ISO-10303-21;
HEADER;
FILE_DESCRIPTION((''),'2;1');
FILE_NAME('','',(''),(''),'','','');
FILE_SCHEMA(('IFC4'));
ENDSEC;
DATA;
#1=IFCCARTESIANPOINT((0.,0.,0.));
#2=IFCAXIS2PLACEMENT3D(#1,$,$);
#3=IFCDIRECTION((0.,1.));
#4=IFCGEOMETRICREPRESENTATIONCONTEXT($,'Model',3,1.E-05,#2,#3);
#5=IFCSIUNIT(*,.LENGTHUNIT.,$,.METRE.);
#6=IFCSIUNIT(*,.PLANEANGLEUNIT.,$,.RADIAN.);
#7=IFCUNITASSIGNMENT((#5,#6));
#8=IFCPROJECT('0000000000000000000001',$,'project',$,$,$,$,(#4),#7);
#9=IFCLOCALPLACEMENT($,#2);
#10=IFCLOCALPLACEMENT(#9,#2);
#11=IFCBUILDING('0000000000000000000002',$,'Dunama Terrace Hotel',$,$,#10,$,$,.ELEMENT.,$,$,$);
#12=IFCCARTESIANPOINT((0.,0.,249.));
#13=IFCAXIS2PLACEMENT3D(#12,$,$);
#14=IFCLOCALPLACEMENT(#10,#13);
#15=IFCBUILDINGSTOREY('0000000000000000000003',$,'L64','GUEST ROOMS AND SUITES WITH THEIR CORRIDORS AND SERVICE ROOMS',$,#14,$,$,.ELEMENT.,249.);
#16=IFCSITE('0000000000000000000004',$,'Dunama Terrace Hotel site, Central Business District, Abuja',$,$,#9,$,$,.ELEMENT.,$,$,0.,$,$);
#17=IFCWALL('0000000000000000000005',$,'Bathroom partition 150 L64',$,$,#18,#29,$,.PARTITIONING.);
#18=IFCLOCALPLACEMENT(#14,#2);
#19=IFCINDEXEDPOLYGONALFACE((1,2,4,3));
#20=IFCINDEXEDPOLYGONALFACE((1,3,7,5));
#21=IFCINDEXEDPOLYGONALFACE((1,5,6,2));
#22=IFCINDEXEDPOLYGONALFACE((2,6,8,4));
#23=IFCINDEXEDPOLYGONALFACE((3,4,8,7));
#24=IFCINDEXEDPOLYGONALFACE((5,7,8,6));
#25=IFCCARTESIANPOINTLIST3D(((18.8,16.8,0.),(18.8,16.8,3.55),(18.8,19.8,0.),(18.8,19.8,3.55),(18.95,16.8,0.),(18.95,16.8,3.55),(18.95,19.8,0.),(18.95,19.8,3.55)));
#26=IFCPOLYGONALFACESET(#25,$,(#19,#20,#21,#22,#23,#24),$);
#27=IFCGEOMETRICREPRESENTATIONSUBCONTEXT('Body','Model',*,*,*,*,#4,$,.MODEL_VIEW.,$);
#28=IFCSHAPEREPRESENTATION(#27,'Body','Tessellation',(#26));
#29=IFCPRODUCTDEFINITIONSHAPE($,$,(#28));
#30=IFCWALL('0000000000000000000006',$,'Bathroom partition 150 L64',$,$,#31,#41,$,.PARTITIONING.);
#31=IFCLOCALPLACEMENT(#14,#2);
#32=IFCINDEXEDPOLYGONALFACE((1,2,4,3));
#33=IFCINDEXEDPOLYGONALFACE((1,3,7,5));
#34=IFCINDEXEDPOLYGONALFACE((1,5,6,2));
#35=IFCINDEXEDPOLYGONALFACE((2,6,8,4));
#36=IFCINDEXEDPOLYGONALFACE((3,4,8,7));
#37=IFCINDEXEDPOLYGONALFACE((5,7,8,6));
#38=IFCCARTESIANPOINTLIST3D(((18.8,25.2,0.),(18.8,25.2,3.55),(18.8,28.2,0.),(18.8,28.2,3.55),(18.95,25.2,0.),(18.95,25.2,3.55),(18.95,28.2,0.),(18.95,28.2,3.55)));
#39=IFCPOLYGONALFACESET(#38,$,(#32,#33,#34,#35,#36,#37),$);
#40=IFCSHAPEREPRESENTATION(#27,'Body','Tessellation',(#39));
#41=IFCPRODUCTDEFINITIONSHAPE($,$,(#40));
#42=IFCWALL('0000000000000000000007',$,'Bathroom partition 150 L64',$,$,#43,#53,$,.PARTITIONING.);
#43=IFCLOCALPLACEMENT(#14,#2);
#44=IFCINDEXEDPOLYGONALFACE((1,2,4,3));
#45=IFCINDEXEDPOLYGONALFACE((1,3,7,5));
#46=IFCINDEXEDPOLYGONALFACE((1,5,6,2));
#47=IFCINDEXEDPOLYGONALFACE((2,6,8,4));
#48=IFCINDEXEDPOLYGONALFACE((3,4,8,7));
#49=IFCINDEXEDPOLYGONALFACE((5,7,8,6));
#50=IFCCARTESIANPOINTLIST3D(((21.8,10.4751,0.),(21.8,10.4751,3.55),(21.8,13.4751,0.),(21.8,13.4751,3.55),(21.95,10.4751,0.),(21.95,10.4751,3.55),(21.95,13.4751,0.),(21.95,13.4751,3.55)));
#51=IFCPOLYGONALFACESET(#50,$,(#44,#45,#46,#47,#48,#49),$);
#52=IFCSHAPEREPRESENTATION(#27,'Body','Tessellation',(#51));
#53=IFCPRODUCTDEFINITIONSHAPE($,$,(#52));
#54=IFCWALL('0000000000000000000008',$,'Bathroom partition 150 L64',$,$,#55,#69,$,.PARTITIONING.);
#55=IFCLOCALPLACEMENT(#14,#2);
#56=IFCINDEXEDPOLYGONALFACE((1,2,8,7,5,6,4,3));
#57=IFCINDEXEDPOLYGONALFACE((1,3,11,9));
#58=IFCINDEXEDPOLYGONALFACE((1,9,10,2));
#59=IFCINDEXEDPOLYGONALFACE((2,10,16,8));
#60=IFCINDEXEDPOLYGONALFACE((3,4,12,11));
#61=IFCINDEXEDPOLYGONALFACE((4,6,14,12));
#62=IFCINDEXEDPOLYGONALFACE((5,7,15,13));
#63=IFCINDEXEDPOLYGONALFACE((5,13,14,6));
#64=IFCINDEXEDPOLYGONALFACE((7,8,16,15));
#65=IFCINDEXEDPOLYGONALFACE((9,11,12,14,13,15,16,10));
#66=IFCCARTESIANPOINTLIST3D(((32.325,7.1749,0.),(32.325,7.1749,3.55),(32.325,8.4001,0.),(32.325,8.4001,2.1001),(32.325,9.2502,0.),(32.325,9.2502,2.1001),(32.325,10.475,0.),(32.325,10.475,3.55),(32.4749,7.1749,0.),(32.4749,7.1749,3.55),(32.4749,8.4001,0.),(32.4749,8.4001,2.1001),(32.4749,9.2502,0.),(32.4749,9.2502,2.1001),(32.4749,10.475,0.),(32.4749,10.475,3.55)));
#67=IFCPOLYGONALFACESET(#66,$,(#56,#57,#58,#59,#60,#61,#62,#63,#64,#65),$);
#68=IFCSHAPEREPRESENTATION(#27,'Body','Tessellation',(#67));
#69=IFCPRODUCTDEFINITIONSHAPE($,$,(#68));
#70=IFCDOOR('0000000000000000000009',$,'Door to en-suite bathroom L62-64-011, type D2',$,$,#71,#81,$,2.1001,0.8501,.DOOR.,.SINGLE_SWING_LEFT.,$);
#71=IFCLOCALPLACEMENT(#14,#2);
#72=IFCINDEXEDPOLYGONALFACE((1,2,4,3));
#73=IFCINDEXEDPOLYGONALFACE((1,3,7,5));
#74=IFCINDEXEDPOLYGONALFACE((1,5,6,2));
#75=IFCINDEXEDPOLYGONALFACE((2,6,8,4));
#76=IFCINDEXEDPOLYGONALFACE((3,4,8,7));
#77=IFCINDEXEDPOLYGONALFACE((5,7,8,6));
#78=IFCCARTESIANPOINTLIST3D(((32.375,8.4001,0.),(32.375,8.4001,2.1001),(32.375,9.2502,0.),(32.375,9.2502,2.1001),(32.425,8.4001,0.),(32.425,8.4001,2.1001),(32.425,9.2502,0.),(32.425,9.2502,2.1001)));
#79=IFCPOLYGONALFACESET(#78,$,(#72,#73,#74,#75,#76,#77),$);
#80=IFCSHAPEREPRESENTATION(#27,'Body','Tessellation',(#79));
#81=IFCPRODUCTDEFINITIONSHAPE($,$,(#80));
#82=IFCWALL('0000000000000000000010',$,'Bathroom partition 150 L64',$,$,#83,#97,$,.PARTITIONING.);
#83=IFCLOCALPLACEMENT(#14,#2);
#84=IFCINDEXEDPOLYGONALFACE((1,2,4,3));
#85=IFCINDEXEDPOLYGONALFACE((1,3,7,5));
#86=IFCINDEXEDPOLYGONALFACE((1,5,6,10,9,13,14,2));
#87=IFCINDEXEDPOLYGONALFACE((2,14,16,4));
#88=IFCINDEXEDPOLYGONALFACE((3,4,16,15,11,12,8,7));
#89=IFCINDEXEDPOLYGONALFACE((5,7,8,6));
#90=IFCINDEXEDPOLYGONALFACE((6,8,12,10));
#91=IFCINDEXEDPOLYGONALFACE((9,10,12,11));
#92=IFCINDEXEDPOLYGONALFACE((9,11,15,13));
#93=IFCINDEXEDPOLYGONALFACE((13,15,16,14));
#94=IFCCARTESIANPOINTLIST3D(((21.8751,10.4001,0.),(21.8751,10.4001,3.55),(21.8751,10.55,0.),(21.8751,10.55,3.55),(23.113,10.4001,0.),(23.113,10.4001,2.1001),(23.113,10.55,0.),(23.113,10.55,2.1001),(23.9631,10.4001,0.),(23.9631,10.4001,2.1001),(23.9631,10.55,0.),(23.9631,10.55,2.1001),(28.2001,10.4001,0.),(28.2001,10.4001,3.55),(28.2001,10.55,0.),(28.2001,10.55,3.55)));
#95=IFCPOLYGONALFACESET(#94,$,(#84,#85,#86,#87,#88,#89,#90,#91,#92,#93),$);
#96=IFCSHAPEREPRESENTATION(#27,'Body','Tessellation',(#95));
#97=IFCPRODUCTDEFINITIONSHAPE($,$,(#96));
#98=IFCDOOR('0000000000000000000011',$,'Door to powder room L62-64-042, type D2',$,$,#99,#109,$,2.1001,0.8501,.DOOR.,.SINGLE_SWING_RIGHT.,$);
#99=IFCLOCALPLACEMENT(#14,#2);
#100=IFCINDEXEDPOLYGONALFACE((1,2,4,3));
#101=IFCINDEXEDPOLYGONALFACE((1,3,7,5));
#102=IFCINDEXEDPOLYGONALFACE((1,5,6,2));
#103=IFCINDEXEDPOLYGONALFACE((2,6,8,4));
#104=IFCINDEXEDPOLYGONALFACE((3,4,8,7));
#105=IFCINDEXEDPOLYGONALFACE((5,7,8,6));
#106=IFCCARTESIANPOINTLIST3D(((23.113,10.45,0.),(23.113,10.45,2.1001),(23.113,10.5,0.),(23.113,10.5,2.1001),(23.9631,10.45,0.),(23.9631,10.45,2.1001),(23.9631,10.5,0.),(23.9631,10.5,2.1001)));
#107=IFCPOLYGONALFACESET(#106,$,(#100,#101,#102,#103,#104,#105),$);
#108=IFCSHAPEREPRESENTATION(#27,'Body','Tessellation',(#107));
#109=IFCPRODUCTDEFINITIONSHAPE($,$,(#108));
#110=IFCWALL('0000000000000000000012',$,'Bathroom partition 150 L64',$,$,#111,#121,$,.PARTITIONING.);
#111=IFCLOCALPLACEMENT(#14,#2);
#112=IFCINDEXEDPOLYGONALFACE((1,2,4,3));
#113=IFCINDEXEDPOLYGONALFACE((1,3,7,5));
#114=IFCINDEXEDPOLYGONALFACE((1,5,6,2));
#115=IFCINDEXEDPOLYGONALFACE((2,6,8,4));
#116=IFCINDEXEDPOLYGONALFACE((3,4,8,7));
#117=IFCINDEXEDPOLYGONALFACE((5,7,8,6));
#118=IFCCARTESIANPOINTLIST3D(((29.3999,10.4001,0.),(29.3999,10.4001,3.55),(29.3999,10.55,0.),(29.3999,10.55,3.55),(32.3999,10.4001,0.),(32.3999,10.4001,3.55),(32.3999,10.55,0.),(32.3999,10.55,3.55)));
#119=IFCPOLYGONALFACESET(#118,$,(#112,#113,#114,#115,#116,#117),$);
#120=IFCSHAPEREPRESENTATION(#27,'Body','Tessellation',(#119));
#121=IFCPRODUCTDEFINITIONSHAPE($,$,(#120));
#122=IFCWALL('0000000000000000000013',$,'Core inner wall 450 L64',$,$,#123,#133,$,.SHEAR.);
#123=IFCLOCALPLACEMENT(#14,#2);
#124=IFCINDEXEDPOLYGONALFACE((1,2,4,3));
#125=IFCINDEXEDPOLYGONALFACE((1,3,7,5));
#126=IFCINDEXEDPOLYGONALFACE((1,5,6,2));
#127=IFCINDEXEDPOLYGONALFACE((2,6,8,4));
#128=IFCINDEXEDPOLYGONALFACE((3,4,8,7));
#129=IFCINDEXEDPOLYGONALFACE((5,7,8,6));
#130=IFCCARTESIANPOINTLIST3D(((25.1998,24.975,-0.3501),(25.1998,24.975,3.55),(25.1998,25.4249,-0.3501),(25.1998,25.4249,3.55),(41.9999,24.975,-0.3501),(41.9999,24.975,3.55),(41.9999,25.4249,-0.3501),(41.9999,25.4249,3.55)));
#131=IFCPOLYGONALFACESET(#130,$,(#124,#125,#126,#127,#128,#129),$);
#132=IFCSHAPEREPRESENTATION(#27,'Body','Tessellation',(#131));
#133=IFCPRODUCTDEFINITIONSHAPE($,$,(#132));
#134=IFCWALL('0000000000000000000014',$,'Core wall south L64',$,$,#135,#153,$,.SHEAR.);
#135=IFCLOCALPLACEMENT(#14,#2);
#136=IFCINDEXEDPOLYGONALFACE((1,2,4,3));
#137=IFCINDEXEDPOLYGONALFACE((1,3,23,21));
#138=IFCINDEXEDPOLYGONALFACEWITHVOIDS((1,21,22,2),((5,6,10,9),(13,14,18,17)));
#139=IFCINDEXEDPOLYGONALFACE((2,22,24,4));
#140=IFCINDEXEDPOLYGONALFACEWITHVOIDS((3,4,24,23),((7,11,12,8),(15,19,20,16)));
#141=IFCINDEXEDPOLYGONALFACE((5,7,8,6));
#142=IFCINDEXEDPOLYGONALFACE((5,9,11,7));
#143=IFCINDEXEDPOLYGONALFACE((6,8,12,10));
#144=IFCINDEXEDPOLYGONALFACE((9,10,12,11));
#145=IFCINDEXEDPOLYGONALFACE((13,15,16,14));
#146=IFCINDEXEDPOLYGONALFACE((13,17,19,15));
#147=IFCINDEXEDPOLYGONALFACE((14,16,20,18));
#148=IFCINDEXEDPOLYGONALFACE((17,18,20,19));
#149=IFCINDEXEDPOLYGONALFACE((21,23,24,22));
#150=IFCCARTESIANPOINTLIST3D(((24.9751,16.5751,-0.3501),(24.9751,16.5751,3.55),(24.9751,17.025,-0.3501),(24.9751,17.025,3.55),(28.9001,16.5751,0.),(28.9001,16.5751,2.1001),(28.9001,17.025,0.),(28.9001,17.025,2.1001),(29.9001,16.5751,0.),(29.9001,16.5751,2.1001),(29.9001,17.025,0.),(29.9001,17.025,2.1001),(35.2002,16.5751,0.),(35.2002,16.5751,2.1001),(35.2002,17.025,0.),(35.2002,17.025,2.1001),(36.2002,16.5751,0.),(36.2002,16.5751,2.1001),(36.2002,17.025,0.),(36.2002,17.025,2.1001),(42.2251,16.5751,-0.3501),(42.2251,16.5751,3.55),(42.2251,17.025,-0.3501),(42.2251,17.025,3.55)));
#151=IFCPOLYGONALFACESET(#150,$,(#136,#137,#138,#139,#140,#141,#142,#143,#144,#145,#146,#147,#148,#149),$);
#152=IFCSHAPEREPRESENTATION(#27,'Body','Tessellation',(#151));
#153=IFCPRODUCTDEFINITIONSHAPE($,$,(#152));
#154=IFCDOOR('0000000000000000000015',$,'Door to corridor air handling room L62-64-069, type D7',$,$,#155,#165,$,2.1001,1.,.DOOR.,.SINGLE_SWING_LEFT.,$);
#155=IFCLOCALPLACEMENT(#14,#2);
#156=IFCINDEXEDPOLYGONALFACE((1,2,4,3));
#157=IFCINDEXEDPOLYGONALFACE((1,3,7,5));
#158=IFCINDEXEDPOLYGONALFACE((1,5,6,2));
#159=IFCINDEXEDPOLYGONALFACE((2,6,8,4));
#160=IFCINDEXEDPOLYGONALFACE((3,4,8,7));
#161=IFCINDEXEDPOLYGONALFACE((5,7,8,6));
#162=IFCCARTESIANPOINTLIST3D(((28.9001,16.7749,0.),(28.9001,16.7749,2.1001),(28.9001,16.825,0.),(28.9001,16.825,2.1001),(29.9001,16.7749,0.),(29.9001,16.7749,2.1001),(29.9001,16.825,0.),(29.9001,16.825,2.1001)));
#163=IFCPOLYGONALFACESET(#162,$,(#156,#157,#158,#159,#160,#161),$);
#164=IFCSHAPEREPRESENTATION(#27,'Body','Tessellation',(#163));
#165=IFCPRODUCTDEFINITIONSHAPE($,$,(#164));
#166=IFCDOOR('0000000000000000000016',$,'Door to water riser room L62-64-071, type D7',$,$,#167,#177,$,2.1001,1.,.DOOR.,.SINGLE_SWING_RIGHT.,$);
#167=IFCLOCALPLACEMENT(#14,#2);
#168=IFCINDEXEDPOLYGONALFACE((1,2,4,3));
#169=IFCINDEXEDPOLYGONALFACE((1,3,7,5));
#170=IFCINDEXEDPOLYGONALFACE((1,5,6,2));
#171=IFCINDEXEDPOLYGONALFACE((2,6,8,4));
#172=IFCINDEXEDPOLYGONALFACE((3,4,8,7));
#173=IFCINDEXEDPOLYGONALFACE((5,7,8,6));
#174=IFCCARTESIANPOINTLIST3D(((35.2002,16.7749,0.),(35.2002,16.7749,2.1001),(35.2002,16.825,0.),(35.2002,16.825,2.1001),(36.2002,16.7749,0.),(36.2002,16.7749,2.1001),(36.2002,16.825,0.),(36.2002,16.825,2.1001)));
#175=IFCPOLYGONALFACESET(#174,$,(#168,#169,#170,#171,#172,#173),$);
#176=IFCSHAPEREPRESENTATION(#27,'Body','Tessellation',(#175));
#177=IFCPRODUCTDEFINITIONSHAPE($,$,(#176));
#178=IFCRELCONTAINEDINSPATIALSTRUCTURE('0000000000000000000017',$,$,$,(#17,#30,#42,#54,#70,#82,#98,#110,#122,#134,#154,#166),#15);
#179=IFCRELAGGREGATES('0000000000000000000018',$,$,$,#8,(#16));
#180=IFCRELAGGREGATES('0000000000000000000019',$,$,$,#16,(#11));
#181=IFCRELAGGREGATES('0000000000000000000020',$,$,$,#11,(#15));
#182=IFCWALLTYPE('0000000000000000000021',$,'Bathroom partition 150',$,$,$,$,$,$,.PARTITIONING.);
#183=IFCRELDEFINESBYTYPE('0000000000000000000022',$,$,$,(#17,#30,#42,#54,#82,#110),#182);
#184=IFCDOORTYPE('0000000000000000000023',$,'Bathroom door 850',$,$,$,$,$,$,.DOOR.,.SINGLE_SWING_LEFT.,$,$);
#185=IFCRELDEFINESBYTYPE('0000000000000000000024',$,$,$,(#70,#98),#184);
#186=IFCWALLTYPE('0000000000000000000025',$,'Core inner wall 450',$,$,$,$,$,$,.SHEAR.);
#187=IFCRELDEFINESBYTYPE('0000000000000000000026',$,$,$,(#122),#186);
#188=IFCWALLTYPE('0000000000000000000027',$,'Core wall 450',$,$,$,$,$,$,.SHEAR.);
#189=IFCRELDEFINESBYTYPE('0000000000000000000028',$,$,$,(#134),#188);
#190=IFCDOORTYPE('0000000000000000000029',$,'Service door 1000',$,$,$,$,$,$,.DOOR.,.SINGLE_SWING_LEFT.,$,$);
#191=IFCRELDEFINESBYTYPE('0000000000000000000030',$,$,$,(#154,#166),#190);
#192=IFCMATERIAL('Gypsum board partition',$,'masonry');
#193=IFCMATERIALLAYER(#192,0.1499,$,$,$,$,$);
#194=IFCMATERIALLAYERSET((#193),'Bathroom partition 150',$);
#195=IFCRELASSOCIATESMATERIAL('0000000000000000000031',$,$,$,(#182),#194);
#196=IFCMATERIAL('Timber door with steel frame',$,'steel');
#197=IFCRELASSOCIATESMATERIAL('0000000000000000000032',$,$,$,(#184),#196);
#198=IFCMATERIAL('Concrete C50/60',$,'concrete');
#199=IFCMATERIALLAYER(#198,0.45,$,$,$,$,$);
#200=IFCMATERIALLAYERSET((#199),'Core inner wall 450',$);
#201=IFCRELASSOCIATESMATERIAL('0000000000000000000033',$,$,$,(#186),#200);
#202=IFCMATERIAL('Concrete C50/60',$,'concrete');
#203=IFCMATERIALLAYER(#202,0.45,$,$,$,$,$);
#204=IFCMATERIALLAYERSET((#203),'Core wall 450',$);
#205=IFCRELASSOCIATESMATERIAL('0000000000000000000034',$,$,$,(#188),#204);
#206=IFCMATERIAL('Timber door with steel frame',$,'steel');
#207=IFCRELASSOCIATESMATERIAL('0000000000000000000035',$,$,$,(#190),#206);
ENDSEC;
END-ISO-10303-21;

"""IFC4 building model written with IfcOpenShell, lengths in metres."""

from ifc_helpers import new_model, si_unit, direction, frame, frame_2d, origin, place, context, subcontext, project, spatial, rectangle, extrude, material, layer, layer_set, type_object, element, fill, save


model = new_model("IFC4")

# Units and contexts
model_context = context("Model", 3, precision=1e-05, world=origin(), true_north=direction((0.0, 1.0)))
body_context = subcontext(model_context, "Body", "Model", "MODEL_VIEW")
ifc_project = project(units=[si_unit("LENGTHUNIT", "METRE"), si_unit("PLANEANGLEUNIT", "RADIAN")], contexts=[model_context])

# Site, building, storey
site_placement = place(None, origin())
site = spatial("IfcSite", under=ifc_project, at=site_placement, Name="Dunama Terrace Hotel site, Central Business District, Abuja", CompositionType="ELEMENT", RefElevation=0.0)
building_placement = place(site_placement, origin())
building = spatial("IfcBuilding", under=site, at=building_placement, Name="Dunama Terrace Hotel", CompositionType="ELEMENT")
storey_placement = place(building_placement, frame((0.0, 0.0, 249.0)))
storey = spatial("IfcBuildingStorey", under=building, at=storey_placement, Name="L64", Description="GUEST ROOMS AND SUITES WITH THEIR CORRIDORS AND SERVICE ROOMS", CompositionType="ELEMENT", Elevation=249.0)

# Walls
ifc_material_1 = material(Name="Gypsum board partition", Category="masonry")
ifc_layer_1 = layer(ifc_material_1, 0.1499)
ifc_layer_set_1 = layer_set([ifc_layer_1], Name="Bathroom partition 150")
wall_type_1 = type_object("IfcWallType", Name="Bathroom partition 150", PredefinedType="PARTITIONING", material=ifc_layer_set_1)
for number, where, z_axis, x_axis, name in (
    (1, (18.875, 16.8, 0.0), (0.0, 0.0, 1.0), (0.0, 1.0, 0.0), "Bathroom partition 150 L64"),
    (2, (18.875, 25.2, 0.0), (0.0, 0.0, 1.0), (0.0, 1.0, 0.0), "Bathroom partition 150 L64"),
    (3, (21.875, 10.4751, 0.0), (0.0, 0.0, 1.0), (0.0, 1.0, 0.0), "Bathroom partition 150 L64"),
):
    element("IfcWall", number, at=place(storey_placement, frame(where, z_axis=z_axis, x_axis=x_axis)), inside=storey, type_object=wall_type_1, Name=name, PredefinedType="PARTITIONING", context=body_context, shape_type="SweptSolid", body=[
        extrude(rectangle(XDim=3.0, YDim=0.1499, at=frame_2d((1.5, 0.0))), origin(), (0.0, 0.0, 1.0), 3.55),
    ])

# Walls, openings, doors
wall_1_placement = place(storey_placement, frame((32.3999, 7.175, 0.0), z_axis=(0.0, 0.0, 1.0), x_axis=(0.0, 1.0, 0.0)))
wall_1 = element("IfcWall", 4, at=wall_1_placement, inside=storey, type_object=wall_type_1, Name="Bathroom partition 150 L64", PredefinedType="PARTITIONING", context=body_context, shape_type="SweptSolid", body=[
    extrude(rectangle(XDim=3.3, YDim=0.1499, at=frame_2d((1.6499, 0.0))), origin(), (0.0, 0.0, 1.0), 3.55),
])
opening_1_placement = place(wall_1_placement, frame((1.2251, 0.0, 0.0)))
opening_1 = element("IfcOpeningElement", 5, at=opening_1_placement, cuts=wall_1, PredefinedType="OPENING", context=body_context, shape_type="SweptSolid", body=[
    extrude(rectangle(XDim=0.8501, YDim=2.1001, at=frame_2d((0.425, 1.05))), frame((0.0, 0.085, 0.0), z_axis=(0.0, -1.0, 0.0), x_axis=(1.0, 0.0, 0.0)), (0.0, 0.0, 1.0), 0.1699),
])
ifc_material_2 = material(Name="Timber door with steel frame", Category="steel")
door_type_1 = type_object("IfcDoorType", Name="Bathroom door 850", OperationType="SINGLE_SWING_LEFT", PredefinedType="DOOR", material=ifc_material_2)
door_1_placement = place(opening_1_placement, origin())
door_1 = element("IfcDoor", 6, at=door_1_placement, inside=storey, type_object=door_type_1, Name="Door to en-suite bathroom L62-64-011, type D2", OperationType="SINGLE_SWING_LEFT", OverallHeight=2.1001, OverallWidth=0.8501, PredefinedType="DOOR", context=body_context, shape_type="SweptSolid", body=[
    extrude(rectangle(XDim=0.8501, YDim=2.1001, at=frame_2d((0.425, 1.05))), frame((0.0, 0.0249, 0.0), z_axis=(0.0, -1.0, 0.0), x_axis=(1.0, 0.0, 0.0)), (0.0, 0.0, 1.0), 0.05),
])
fill(opening_1, door_1)
wall_2_placement = place(storey_placement, frame((21.875, 10.4751, 0.0), z_axis=(0.0, 0.0, 1.0), x_axis=(1.0, 0.0, 0.0)))
wall_2 = element("IfcWall", 7, at=wall_2_placement, inside=storey, type_object=wall_type_1, Name="Bathroom partition 150 L64", PredefinedType="PARTITIONING", context=body_context, shape_type="SweptSolid", body=[
    extrude(rectangle(XDim=6.325, YDim=0.1499, at=frame_2d((3.1626, 0.0))), origin(), (0.0, 0.0, 1.0), 3.55),
])
opening_2_placement = place(wall_2_placement, frame((1.238, 0.0, 0.0)))
opening_2 = element("IfcOpeningElement", 8, at=opening_2_placement, cuts=wall_2, PredefinedType="OPENING", context=body_context, shape_type="SweptSolid", body=[
    extrude(rectangle(XDim=0.8501, YDim=2.1001, at=frame_2d((0.425, 1.05))), frame((0.0, 0.085, 0.0), z_axis=(0.0, -1.0, 0.0), x_axis=(1.0, 0.0, 0.0)), (0.0, 0.0, 1.0), 0.1699),
])
door_2_placement = place(opening_2_placement, origin())
door_2 = element("IfcDoor", 9, at=door_2_placement, inside=storey, type_object=door_type_1, Name="Door to powder room L62-64-042, type D2", OperationType="SINGLE_SWING_RIGHT", OverallHeight=2.1001, OverallWidth=0.8501, PredefinedType="DOOR", context=body_context, shape_type="SweptSolid", body=[
    extrude(rectangle(XDim=0.8501, YDim=2.1001, at=frame_2d((0.425, 1.05))), frame((0.0, 0.0249, 0.0), z_axis=(0.0, -1.0, 0.0), x_axis=(1.0, 0.0, 0.0)), (0.0, 0.0, 1.0), 0.05),
])
fill(opening_2, door_2)

# Walls
wall_3_placement = place(storey_placement, frame((29.3999, 10.4751, 0.0), z_axis=(0.0, 0.0, 1.0), x_axis=(1.0, 0.0, 0.0)))
element("IfcWall", 10, at=wall_3_placement, inside=storey, type_object=wall_type_1, Name="Bathroom partition 150 L64", PredefinedType="PARTITIONING", context=body_context, shape_type="SweptSolid", body=[
    extrude(rectangle(XDim=3.0, YDim=0.1499, at=frame_2d((1.5, 0.0))), origin(), (0.0, 0.0, 1.0), 3.55),
])
ifc_material_3 = material(Name="Concrete C50/60", Category="concrete")
ifc_layer_2 = layer(ifc_material_3, 0.45)
ifc_layer_set_2 = layer_set([ifc_layer_2], Name="Core inner wall 450")
wall_type_2 = type_object("IfcWallType", Name="Core inner wall 450", PredefinedType="SHEAR", material=ifc_layer_set_2)
wall_4_placement = place(storey_placement, frame((25.2, 25.2, -0.3501), z_axis=(0.0, 0.0, 1.0), x_axis=(1.0, 0.0, 0.0)))
element("IfcWall", 11, at=wall_4_placement, inside=storey, type_object=wall_type_2, Name="Core inner wall 450 L64", PredefinedType="SHEAR", context=body_context, shape_type="SweptSolid", body=[
    extrude(rectangle(XDim=16.8, YDim=0.45, at=frame_2d((8.3999, 0.0))), origin(), (0.0, 0.0, 1.0), 3.9001),
])

# Wall, openings, doors
ifc_material_4 = material(Name="Concrete C50/60", Category="concrete")
ifc_layer_3 = layer(ifc_material_4, 0.45)
ifc_layer_set_3 = layer_set([ifc_layer_3], Name="Core wall 450")
wall_type_3 = type_object("IfcWallType", Name="Core wall 450", PredefinedType="SHEAR", material=ifc_layer_set_3)
wall_5_placement = place(storey_placement, frame((24.9751, 16.8, -0.3501), z_axis=(0.0, 0.0, 1.0), x_axis=(1.0, 0.0, 0.0)))
wall_5 = element("IfcWall", 12, at=wall_5_placement, inside=storey, type_object=wall_type_3, Name="Core wall south L64", PredefinedType="SHEAR", context=body_context, shape_type="SweptSolid", body=[
    extrude(rectangle(XDim=17.25, YDim=0.45, at=frame_2d((8.625, 0.0))), origin(), (0.0, 0.0, 1.0), 3.9001),
])
opening_3_placement = place(wall_5_placement, frame((3.925, 0.0, 0.3501)))
opening_3 = element("IfcOpeningElement", 13, at=opening_3_placement, cuts=wall_5, PredefinedType="OPENING", context=body_context, shape_type="SweptSolid", body=[
    extrude(rectangle(XDim=1.0, YDim=2.1001, at=frame_2d((0.5, 1.05))), frame((0.0, 0.2349, 0.0), z_axis=(0.0, -1.0, 0.0), x_axis=(1.0, 0.0, 0.0)), (0.0, 0.0, 1.0), 0.47),
])
opening_4_placement = place(wall_5_placement, frame((10.2251, 0.0, 0.3501)))
opening_4 = element("IfcOpeningElement", 14, at=opening_4_placement, cuts=wall_5, PredefinedType="OPENING", context=body_context, shape_type="SweptSolid", body=[
    extrude(rectangle(XDim=1.0, YDim=2.1001, at=frame_2d((0.5, 1.05))), frame((0.0, 0.2349, 0.0), z_axis=(0.0, -1.0, 0.0), x_axis=(1.0, 0.0, 0.0)), (0.0, 0.0, 1.0), 0.47),
])
ifc_material_5 = material(Name="Timber door with steel frame", Category="steel")
door_type_2 = type_object("IfcDoorType", Name="Service door 1000", OperationType="SINGLE_SWING_LEFT", PredefinedType="DOOR", material=ifc_material_5)
door_3_placement = place(opening_3_placement, origin())
door_3 = element("IfcDoor", 15, at=door_3_placement, inside=storey, type_object=door_type_2, Name="Door to corridor air handling room L62-64-069, type D7", OperationType="SINGLE_SWING_LEFT", OverallHeight=2.1001, OverallWidth=1.0, PredefinedType="DOOR", context=body_context, shape_type="SweptSolid", body=[
    extrude(rectangle(XDim=1.0, YDim=2.1001, at=frame_2d((0.5, 1.05))), frame((0.0, 0.0249, 0.0), z_axis=(0.0, -1.0, 0.0), x_axis=(1.0, 0.0, 0.0)), (0.0, 0.0, 1.0), 0.05),
])
fill(opening_3, door_3)
door_4_placement = place(opening_4_placement, origin())
door_4 = element("IfcDoor", 16, at=door_4_placement, inside=storey, type_object=door_type_2, Name="Door to water riser room L62-64-071, type D7", OperationType="SINGLE_SWING_RIGHT", OverallHeight=2.1001, OverallWidth=1.0, PredefinedType="DOOR", context=body_context, shape_type="SweptSolid", body=[
    extrude(rectangle(XDim=1.0, YDim=2.1001, at=frame_2d((0.5, 1.05))), frame((0.0, 0.0249, 0.0), z_axis=(0.0, -1.0, 0.0), x_axis=(1.0, 0.0, 0.0)), (0.0, 0.0, 1.0), 0.05),
])
fill(opening_4, door_4)

save(model, "model.ifc")
